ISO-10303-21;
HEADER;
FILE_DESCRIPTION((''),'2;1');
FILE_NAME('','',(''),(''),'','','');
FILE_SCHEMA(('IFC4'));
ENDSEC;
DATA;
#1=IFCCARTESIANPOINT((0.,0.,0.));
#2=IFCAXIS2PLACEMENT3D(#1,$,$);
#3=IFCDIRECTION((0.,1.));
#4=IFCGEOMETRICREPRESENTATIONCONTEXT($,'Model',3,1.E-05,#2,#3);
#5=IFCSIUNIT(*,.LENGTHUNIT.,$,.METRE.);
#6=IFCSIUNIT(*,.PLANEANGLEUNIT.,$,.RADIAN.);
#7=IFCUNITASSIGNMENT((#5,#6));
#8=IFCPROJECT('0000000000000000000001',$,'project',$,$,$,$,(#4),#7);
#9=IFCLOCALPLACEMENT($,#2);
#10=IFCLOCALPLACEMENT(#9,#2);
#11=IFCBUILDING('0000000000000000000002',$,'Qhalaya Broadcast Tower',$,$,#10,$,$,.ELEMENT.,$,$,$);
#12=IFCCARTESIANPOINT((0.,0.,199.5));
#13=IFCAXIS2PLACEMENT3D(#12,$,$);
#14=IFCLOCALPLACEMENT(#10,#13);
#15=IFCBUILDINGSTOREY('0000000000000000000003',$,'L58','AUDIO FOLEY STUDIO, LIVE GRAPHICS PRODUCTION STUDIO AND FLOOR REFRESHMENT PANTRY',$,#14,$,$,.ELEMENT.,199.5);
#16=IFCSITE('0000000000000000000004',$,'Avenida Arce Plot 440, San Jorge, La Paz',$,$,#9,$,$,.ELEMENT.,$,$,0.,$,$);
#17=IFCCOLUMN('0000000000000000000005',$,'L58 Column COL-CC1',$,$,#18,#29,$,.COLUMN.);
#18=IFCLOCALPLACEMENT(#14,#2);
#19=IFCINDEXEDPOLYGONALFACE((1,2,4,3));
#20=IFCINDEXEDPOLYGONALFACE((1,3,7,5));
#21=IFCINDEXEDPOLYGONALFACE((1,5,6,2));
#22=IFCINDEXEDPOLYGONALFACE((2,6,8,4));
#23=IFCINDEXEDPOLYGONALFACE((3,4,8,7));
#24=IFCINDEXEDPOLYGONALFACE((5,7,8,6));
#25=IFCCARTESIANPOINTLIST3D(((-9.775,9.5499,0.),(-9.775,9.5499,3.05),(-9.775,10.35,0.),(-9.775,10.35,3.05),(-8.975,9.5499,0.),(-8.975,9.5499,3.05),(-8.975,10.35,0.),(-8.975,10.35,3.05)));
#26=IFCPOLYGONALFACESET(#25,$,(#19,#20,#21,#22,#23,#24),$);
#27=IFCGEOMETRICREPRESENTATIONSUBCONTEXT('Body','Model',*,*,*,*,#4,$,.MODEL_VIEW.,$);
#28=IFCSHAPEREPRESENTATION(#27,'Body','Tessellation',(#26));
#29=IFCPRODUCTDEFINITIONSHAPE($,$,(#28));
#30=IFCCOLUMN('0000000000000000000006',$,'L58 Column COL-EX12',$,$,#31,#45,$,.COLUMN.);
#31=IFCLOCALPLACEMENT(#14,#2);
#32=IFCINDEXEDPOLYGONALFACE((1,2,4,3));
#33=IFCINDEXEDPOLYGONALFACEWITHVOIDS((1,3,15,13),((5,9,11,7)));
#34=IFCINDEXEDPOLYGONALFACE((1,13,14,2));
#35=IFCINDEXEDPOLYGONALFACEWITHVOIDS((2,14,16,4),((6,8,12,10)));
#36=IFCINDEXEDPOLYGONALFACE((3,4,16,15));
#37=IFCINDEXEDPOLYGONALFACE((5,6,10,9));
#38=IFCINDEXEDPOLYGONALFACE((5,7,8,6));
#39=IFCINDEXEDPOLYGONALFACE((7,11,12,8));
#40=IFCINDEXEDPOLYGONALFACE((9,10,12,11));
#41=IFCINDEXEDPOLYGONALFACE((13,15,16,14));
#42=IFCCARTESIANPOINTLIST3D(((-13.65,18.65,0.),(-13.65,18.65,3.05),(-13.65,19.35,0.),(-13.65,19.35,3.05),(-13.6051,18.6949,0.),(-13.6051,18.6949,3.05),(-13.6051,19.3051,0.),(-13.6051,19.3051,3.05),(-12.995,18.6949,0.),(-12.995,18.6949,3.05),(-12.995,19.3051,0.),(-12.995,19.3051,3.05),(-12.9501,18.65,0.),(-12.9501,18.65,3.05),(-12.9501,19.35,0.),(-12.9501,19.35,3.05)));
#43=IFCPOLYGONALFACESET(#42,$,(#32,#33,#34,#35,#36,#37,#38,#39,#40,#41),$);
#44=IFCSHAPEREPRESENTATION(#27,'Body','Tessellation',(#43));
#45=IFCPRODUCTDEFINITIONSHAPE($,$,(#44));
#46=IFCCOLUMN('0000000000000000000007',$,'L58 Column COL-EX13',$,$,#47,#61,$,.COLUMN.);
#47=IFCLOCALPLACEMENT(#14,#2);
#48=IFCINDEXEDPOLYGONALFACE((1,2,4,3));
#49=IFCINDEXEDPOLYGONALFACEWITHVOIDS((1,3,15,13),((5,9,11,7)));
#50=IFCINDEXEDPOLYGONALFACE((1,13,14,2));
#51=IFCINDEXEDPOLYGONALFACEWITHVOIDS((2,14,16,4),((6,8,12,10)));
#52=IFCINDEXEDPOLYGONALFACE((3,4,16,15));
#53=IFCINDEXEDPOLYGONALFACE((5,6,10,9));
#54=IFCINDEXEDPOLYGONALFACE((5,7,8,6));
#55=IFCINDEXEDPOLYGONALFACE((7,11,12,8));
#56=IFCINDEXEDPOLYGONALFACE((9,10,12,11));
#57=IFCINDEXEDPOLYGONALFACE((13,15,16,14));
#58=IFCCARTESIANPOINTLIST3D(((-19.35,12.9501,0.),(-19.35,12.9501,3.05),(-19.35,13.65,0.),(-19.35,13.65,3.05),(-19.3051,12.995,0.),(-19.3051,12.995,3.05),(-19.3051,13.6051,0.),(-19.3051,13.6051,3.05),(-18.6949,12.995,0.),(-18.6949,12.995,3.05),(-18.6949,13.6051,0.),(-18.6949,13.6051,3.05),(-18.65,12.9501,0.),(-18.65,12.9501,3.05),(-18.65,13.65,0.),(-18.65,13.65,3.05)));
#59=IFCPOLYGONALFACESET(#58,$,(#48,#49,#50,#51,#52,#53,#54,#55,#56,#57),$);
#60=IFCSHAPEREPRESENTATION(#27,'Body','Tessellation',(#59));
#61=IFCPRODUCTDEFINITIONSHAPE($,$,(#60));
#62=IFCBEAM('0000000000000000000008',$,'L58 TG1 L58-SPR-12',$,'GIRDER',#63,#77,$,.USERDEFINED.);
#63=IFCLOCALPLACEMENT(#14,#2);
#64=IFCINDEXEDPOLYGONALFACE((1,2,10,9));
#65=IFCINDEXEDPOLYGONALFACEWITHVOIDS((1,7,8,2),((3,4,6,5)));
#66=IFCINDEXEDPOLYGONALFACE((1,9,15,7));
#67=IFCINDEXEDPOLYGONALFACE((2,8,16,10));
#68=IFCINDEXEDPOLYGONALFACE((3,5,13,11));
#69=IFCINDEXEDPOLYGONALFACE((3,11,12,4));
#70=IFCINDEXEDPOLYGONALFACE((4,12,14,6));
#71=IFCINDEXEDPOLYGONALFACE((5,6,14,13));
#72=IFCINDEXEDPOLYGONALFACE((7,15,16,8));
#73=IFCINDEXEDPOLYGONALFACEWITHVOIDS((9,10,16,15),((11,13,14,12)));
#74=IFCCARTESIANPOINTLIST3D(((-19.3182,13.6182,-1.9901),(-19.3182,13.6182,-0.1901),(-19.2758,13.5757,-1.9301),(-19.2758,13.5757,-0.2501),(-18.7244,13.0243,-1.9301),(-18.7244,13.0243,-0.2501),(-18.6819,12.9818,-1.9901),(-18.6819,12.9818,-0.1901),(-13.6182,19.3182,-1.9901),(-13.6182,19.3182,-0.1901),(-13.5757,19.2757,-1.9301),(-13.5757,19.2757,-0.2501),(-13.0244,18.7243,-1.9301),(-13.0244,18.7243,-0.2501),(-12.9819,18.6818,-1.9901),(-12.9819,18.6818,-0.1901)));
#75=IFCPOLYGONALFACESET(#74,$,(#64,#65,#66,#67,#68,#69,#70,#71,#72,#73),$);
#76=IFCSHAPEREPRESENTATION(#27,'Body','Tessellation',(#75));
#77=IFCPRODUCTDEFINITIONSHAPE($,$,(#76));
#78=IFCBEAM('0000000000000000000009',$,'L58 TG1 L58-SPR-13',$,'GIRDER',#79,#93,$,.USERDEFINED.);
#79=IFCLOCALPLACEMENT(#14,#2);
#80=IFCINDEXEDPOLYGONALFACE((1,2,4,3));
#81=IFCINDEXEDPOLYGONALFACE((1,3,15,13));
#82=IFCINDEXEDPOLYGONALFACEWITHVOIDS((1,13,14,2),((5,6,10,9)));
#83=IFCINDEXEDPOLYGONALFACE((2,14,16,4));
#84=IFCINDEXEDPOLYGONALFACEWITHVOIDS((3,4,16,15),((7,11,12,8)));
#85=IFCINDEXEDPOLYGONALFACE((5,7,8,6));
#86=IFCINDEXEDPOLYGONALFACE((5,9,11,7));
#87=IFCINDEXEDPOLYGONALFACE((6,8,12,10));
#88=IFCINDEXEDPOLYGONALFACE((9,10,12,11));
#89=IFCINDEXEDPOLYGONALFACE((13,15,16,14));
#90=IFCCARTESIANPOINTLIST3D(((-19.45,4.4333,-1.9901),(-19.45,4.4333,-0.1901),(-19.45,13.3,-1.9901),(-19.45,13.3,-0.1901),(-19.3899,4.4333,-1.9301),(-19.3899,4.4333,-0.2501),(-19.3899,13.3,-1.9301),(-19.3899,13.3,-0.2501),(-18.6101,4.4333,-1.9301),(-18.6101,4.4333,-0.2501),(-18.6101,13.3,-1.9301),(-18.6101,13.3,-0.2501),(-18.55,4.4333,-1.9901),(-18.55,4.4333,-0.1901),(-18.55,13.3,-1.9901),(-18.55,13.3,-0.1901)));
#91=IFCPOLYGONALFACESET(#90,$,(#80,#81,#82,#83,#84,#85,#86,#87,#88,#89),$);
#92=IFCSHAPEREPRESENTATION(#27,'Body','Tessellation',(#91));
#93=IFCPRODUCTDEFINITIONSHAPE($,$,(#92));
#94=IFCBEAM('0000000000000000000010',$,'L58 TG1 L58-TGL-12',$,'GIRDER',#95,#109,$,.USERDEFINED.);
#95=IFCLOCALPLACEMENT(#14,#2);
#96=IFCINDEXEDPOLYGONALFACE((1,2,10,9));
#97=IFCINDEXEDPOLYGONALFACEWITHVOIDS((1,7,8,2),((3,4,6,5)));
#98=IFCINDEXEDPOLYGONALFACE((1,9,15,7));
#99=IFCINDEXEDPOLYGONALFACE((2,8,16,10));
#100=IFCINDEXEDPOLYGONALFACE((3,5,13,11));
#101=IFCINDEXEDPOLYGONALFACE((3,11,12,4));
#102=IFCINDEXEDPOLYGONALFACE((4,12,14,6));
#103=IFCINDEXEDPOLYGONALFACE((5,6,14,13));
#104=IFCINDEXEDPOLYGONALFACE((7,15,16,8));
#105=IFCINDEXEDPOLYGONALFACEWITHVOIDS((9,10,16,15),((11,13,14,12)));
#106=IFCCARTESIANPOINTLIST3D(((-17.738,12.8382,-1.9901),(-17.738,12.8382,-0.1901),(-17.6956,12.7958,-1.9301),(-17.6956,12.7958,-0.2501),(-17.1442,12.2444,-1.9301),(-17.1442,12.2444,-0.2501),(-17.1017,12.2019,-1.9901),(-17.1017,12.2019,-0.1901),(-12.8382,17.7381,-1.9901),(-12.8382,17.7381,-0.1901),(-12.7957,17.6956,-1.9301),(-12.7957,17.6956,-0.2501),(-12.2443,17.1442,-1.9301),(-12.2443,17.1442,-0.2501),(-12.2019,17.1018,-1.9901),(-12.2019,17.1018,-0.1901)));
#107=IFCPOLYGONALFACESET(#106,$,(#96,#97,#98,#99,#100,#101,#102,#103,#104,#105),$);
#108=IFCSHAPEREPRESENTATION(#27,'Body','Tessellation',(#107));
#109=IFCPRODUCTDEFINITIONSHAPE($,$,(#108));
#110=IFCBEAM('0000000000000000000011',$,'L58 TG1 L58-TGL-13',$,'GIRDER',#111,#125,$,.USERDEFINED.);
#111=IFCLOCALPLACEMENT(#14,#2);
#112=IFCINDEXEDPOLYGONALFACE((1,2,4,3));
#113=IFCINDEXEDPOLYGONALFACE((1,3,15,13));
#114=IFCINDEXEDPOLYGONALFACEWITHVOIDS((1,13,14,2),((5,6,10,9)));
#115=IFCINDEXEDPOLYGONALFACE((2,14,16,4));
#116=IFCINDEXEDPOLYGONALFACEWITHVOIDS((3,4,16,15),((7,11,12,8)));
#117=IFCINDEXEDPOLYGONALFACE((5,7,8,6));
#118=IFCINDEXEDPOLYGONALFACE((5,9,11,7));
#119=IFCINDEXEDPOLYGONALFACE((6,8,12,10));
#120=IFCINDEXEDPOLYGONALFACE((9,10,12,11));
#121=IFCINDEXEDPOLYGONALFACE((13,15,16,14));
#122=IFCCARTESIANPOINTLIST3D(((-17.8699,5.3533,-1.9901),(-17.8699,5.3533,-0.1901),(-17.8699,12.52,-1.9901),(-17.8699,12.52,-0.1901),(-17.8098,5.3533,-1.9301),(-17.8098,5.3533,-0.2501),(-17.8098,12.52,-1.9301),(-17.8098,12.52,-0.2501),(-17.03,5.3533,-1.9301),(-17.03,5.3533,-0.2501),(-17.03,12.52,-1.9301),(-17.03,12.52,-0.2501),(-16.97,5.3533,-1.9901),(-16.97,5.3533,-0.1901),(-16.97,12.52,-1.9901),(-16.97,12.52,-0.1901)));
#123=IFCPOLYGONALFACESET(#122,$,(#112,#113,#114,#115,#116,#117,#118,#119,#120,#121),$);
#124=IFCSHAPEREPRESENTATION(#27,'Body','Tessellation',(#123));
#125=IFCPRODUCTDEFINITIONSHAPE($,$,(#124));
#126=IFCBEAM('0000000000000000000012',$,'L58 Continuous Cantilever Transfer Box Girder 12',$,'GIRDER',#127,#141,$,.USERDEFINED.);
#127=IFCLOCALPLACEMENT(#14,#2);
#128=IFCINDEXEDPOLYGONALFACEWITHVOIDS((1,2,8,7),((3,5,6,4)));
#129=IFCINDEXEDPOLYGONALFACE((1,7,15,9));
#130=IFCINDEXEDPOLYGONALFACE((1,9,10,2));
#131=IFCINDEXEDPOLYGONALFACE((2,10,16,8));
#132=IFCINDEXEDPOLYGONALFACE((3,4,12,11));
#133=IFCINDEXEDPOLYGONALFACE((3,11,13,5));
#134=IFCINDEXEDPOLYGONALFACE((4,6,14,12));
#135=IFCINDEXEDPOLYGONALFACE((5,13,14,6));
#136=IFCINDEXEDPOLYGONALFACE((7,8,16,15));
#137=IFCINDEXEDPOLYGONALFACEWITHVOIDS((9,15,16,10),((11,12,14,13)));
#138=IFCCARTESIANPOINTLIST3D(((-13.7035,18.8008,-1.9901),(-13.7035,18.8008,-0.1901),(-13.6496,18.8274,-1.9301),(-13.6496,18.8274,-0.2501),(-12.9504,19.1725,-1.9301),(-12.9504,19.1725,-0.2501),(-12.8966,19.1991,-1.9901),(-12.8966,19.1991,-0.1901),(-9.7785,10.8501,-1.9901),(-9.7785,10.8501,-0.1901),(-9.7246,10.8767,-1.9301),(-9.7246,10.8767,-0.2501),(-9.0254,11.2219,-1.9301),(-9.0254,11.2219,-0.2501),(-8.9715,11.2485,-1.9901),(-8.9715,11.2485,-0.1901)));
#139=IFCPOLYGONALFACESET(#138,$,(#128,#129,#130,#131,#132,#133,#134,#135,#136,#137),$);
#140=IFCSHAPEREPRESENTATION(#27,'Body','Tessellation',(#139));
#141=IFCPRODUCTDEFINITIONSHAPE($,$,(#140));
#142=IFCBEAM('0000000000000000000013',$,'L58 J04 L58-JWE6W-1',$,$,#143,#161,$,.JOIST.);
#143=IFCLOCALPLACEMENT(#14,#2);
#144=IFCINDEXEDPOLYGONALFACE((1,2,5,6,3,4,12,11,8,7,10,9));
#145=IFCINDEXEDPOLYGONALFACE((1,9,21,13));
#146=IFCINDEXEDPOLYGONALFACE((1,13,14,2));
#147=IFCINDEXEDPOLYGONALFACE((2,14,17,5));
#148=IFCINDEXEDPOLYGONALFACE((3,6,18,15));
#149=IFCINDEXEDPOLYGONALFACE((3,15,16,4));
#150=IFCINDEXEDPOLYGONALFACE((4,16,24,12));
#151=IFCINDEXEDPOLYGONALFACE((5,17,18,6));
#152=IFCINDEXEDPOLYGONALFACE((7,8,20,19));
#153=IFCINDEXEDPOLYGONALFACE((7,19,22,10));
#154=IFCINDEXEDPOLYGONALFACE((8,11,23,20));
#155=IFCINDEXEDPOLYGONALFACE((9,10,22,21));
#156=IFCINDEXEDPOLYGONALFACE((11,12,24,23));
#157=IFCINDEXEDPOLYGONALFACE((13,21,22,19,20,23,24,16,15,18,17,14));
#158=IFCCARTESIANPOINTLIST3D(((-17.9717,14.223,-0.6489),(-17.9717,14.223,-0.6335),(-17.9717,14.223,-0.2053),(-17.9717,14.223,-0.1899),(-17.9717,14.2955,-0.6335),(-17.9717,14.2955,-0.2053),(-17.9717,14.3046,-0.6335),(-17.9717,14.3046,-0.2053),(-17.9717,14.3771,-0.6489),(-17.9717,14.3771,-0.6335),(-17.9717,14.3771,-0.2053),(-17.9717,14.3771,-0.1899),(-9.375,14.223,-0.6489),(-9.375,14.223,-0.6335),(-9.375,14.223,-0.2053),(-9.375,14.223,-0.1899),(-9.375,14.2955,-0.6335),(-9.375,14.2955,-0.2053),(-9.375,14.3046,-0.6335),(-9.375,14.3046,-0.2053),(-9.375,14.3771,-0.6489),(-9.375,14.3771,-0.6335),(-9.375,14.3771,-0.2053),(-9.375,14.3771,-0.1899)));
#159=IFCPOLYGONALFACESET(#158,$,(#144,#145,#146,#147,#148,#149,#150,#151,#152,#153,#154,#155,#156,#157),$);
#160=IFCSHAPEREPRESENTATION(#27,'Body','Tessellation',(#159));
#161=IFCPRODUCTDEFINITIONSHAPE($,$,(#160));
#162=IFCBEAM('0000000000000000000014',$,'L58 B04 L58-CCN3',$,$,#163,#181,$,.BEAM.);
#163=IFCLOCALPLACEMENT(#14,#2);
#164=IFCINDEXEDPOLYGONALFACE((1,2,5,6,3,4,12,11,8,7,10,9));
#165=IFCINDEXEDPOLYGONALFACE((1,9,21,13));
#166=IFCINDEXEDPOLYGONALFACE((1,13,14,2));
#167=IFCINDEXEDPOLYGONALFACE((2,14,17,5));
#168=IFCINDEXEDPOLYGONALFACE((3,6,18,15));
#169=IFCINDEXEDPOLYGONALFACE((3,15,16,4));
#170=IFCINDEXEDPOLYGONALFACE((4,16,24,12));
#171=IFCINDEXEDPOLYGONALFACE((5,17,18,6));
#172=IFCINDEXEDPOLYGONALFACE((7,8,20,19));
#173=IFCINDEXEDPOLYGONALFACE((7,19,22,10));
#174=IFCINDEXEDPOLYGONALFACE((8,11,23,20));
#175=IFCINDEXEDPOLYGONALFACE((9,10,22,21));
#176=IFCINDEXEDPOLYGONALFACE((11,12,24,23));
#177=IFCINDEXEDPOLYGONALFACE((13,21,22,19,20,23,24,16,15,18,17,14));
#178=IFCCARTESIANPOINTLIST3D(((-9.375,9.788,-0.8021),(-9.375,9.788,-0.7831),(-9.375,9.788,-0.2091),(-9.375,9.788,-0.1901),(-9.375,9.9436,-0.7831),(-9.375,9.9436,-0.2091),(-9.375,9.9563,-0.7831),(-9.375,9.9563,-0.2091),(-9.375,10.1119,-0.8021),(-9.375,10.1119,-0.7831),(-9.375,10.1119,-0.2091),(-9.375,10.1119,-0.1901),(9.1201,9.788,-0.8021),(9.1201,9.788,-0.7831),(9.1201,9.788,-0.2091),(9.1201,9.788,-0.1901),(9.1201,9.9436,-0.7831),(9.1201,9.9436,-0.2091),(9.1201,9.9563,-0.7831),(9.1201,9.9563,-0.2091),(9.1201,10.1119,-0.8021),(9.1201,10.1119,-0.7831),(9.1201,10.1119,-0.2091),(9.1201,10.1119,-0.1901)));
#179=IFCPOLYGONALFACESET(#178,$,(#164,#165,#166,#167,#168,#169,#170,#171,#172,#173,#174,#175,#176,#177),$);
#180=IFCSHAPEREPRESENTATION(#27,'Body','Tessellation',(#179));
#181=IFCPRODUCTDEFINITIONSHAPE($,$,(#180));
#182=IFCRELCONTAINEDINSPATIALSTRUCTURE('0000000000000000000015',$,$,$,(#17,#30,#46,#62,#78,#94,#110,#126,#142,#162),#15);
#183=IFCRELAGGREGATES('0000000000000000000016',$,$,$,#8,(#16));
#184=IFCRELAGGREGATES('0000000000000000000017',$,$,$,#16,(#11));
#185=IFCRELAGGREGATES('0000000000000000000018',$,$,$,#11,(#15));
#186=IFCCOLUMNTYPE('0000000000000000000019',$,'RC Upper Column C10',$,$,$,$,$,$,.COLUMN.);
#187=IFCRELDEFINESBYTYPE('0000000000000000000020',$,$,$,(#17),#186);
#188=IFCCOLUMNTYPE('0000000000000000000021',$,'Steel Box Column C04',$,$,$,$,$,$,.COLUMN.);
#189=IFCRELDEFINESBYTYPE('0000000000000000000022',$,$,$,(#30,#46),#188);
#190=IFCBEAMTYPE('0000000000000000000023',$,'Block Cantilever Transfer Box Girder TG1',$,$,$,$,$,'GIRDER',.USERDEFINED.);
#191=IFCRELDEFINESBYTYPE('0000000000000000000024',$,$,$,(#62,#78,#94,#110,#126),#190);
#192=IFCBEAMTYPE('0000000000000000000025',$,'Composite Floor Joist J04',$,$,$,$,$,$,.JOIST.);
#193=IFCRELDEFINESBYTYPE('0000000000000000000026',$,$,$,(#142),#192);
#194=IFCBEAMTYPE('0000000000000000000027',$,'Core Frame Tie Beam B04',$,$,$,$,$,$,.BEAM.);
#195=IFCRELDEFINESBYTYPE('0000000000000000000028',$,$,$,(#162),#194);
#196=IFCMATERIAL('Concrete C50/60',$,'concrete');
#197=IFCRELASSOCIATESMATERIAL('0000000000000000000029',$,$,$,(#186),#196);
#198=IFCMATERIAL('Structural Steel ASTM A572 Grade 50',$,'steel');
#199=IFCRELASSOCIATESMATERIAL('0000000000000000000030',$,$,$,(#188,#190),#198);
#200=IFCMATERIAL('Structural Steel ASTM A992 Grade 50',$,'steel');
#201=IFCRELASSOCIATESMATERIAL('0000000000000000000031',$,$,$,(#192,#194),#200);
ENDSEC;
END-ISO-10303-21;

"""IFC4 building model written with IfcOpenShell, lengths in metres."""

from ifc_helpers import new_model, si_unit, direction, frame, origin, origin_2d, place, context, subcontext, project, spatial, rectangle, hollow_rectangle, i_section, extrude, material, material_profile, profile_set, type_object, element, save


model = new_model("IFC4")

# Units and contexts
model_context = context("Model", 3, precision=1e-05, world=origin(), true_north=direction((0.0, 1.0)))
body_context = subcontext(model_context, "Body", "Model", "MODEL_VIEW")
ifc_project = project(units=[si_unit("LENGTHUNIT", "METRE"), si_unit("PLANEANGLEUNIT", "RADIAN")], contexts=[model_context])

# Site, building, storey
site_placement = place(None, origin())
site = spatial("IfcSite", under=ifc_project, at=site_placement, Name="Avenida Arce Plot 440, San Jorge, La Paz", CompositionType="ELEMENT", RefElevation=0.0)
building_placement = place(site_placement, origin())
building = spatial("IfcBuilding", under=site, at=building_placement, Name="Qhalaya Broadcast Tower", CompositionType="ELEMENT")
storey_placement = place(building_placement, frame((0.0, 0.0, 199.5)))
storey = spatial("IfcBuildingStorey", under=building, at=storey_placement, Name="L58", Description="AUDIO FOLEY STUDIO, LIVE GRAPHICS PRODUCTION STUDIO AND FLOOR REFRESHMENT PANTRY", CompositionType="ELEMENT", Elevation=199.5)

# Columns
ifc_material_1 = material(Name="Concrete C50/60", Category="concrete")
ifc_material_profile_1 = material_profile(ifc_material_1, rectangle(XDim=0.8, YDim=0.8, at=origin_2d()), Name="RC-COL 800x800")
ifc_profile_set_1 = profile_set([ifc_material_profile_1], Name="Concrete C50/60")
column_type_1 = type_object("IfcColumnType", Name="RC Upper Column C10", PredefinedType="COLUMN", material=ifc_profile_set_1)
column_placement = place(storey_placement, frame((-9.375, 9.95, 0.0), z_axis=(0.0, 0.0, 1.0), x_axis=(1.0, 0.0, 0.0)))
element("IfcColumn", 1, at=column_placement, inside=storey, type_object=column_type_1, Name="L58 Column COL-CC1", PredefinedType="COLUMN", context=body_context, shape_type="SweptSolid", body=[
    extrude(rectangle(XDim=0.8, YDim=0.8, at=origin_2d()), origin(), (0.0, 0.0, 1.0), 3.05),
])
ifc_material_2 = material(Name="Structural Steel ASTM A572 Grade 50", Category="steel")
ifc_material_profile_2 = material_profile(ifc_material_2, hollow_rectangle(XDim=0.7, YDim=0.7, WallThickness=0.0449, at=origin_2d()), Name="BOX 700x700x45")
ifc_profile_set_2 = profile_set([ifc_material_profile_2], Name="Structural Steel ASTM A572 Grade 50")
column_type_2 = type_object("IfcColumnType", Name="Steel Box Column C04", PredefinedType="COLUMN", material=ifc_profile_set_2)
for number, where, z_axis, x_axis, name in (
    (2, (-13.3, 19.0, 0.0), (0.0, 0.0, 1.0), (1.0, 0.0, 0.0), "L58 Column COL-EX12"),
    (3, (-19.0, 13.3, 0.0), (0.0, 0.0, 1.0), (0.0, 1.0, 0.0), "L58 Column COL-EX13"),
):
    element("IfcColumn", number, at=place(storey_placement, frame(where, z_axis=z_axis, x_axis=x_axis)), inside=storey, type_object=column_type_2, Name=name, PredefinedType="COLUMN", context=body_context, shape_type="SweptSolid", body=[
        extrude(hollow_rectangle(XDim=0.7, YDim=0.7, WallThickness=0.0449, at=origin_2d()), origin(), (0.0, 0.0, 1.0), 3.05),
    ])

# Beams
ifc_material_profile_3 = material_profile(ifc_material_2, hollow_rectangle(XDim=0.8999, YDim=1.8, WallThickness=0.0601, at=origin_2d()), Name="BOX 900x1800x60")
ifc_profile_set_3 = profile_set([ifc_material_profile_3], Name="Structural Steel ASTM A572 Grade 50")
beam_type_1 = type_object("IfcBeamType", Name="Block Cantilever Transfer Box Girder TG1", ElementType="GIRDER", PredefinedType="USERDEFINED", material=ifc_profile_set_3)
beam_1_placement = place(storey_placement, frame((-13.3, 19.0, -1.0901), z_axis=(-0.707107, -0.707107, 0.0), x_axis=(0.707107, -0.707107, 0.0)))
element("IfcBeam", 4, at=beam_1_placement, inside=storey, type_object=beam_type_1, Name="L58 TG1 L58-SPR-12", ObjectType="GIRDER", PredefinedType="USERDEFINED", context=body_context, shape_type="SweptSolid", body=[
    extrude(hollow_rectangle(XDim=0.8999, YDim=1.8, WallThickness=0.0601, at=origin_2d()), origin(), (0.0, 0.0, 1.0), 8.061),
])
beam_2_placement = place(storey_placement, frame((-19.0, 13.3, -1.0901), z_axis=(0.0, -1.0, 0.0), x_axis=(1.0, 0.0, 0.0)))
element("IfcBeam", 5, at=beam_2_placement, inside=storey, type_object=beam_type_1, Name="L58 TG1 L58-SPR-13", ObjectType="GIRDER", PredefinedType="USERDEFINED", context=body_context, shape_type="SweptSolid", body=[
    extrude(hollow_rectangle(XDim=0.8999, YDim=1.8, WallThickness=0.0601, at=origin_2d()), origin(), (0.0, 0.0, 1.0), 8.8667),
])
beam_3_placement = place(storey_placement, frame((-12.52, 17.4199, -1.0901), z_axis=(-0.707107, -0.707107, 0.0), x_axis=(0.707107, -0.707107, 0.0)))
element("IfcBeam", 6, at=beam_3_placement, inside=storey, type_object=beam_type_1, Name="L58 TG1 L58-TGL-12", ObjectType="GIRDER", PredefinedType="USERDEFINED", context=body_context, shape_type="SweptSolid", body=[
    extrude(hollow_rectangle(XDim=0.8999, YDim=1.8, WallThickness=0.0601, at=origin_2d()), origin(), (0.0, 0.0, 1.0), 6.9294),
])
beam_4_placement = place(storey_placement, frame((-17.4199, 12.52, -1.0901), z_axis=(0.0, -1.0, 0.0), x_axis=(1.0, 0.0, 0.0)))
element("IfcBeam", 7, at=beam_4_placement, inside=storey, type_object=beam_type_1, Name="L58 TG1 L58-TGL-13", ObjectType="GIRDER", PredefinedType="USERDEFINED", context=body_context, shape_type="SweptSolid", body=[
    extrude(hollow_rectangle(XDim=0.8999, YDim=1.8, WallThickness=0.0601, at=origin_2d()), origin(), (0.0, 0.0, 1.0), 7.1667),
])
beam_5_placement = place(storey_placement, frame((-9.375, 11.0493, -1.0901), z_axis=(-0.44267, 0.896685, 0.0), x_axis=(-0.896685, -0.44267, 0.0)))
element("IfcBeam", 8, at=beam_5_placement, inside=storey, type_object=beam_type_1, Name="L58 Continuous Cantilever Transfer Box Girder 12", ObjectType="GIRDER", PredefinedType="USERDEFINED", context=body_context, shape_type="SweptSolid", body=[
    extrude(hollow_rectangle(XDim=0.8999, YDim=1.8, WallThickness=0.0601, at=origin_2d()), origin(), (0.0, 0.0, 1.0), 8.8667),
])
ifc_material_3 = material(Name="Structural Steel ASTM A992 Grade 50", Category="steel")
ifc_material_profile_4 = material_profile(ifc_material_3, i_section(OverallWidth=0.1541, OverallDepth=0.459, WebThickness=0.009, FlangeThickness=0.0154, at=origin_2d()), Name="W18X46")
ifc_profile_set_4 = profile_set([ifc_material_profile_4], Name="Structural Steel ASTM A992 Grade 50")
beam_type_2 = type_object("IfcBeamType", Name="Composite Floor Joist J04", PredefinedType="JOIST", material=ifc_profile_set_4)
beam_6_placement = place(storey_placement, frame((-17.9717, 14.3, -0.4194), z_axis=(1.0, 0.0, 0.0), x_axis=(0.0, 1.0, 0.0)))
element("IfcBeam", 9, at=beam_6_placement, inside=storey, type_object=beam_type_2, Name="L58 J04 L58-JWE6W-1", PredefinedType="JOIST", context=body_context, shape_type="SweptSolid", body=[
    extrude(i_section(OverallWidth=0.1541, OverallDepth=0.459, WebThickness=0.009, FlangeThickness=0.0154, at=origin_2d()), origin(), (0.0, 0.0, 1.0), 8.5967),
])
ifc_material_profile_5 = material_profile(ifc_material_3, i_section(OverallWidth=0.324, OverallDepth=0.6121, WebThickness=0.0127, FlangeThickness=0.019, at=origin_2d()), Name="W24X104")
ifc_profile_set_5 = profile_set([ifc_material_profile_5], Name="Structural Steel ASTM A992 Grade 50")
beam_type_3 = type_object("IfcBeamType", Name="Core Frame Tie Beam B04", PredefinedType="BEAM", material=ifc_profile_set_5)
beam_7_placement = place(storey_placement, frame((-9.375, 9.95, -0.4961), z_axis=(1.0, 0.0, 0.0), x_axis=(0.0, 1.0, 0.0)))
element("IfcBeam", 10, at=beam_7_placement, inside=storey, type_object=beam_type_3, Name="L58 B04 L58-CCN3", PredefinedType="BEAM", context=body_context, shape_type="SweptSolid", body=[
    extrude(i_section(OverallWidth=0.324, OverallDepth=0.6121, WebThickness=0.0127, FlangeThickness=0.019, at=origin_2d()), origin(), (0.0, 0.0, 1.0), 18.4951),
])

save(model, "model.ifc")
